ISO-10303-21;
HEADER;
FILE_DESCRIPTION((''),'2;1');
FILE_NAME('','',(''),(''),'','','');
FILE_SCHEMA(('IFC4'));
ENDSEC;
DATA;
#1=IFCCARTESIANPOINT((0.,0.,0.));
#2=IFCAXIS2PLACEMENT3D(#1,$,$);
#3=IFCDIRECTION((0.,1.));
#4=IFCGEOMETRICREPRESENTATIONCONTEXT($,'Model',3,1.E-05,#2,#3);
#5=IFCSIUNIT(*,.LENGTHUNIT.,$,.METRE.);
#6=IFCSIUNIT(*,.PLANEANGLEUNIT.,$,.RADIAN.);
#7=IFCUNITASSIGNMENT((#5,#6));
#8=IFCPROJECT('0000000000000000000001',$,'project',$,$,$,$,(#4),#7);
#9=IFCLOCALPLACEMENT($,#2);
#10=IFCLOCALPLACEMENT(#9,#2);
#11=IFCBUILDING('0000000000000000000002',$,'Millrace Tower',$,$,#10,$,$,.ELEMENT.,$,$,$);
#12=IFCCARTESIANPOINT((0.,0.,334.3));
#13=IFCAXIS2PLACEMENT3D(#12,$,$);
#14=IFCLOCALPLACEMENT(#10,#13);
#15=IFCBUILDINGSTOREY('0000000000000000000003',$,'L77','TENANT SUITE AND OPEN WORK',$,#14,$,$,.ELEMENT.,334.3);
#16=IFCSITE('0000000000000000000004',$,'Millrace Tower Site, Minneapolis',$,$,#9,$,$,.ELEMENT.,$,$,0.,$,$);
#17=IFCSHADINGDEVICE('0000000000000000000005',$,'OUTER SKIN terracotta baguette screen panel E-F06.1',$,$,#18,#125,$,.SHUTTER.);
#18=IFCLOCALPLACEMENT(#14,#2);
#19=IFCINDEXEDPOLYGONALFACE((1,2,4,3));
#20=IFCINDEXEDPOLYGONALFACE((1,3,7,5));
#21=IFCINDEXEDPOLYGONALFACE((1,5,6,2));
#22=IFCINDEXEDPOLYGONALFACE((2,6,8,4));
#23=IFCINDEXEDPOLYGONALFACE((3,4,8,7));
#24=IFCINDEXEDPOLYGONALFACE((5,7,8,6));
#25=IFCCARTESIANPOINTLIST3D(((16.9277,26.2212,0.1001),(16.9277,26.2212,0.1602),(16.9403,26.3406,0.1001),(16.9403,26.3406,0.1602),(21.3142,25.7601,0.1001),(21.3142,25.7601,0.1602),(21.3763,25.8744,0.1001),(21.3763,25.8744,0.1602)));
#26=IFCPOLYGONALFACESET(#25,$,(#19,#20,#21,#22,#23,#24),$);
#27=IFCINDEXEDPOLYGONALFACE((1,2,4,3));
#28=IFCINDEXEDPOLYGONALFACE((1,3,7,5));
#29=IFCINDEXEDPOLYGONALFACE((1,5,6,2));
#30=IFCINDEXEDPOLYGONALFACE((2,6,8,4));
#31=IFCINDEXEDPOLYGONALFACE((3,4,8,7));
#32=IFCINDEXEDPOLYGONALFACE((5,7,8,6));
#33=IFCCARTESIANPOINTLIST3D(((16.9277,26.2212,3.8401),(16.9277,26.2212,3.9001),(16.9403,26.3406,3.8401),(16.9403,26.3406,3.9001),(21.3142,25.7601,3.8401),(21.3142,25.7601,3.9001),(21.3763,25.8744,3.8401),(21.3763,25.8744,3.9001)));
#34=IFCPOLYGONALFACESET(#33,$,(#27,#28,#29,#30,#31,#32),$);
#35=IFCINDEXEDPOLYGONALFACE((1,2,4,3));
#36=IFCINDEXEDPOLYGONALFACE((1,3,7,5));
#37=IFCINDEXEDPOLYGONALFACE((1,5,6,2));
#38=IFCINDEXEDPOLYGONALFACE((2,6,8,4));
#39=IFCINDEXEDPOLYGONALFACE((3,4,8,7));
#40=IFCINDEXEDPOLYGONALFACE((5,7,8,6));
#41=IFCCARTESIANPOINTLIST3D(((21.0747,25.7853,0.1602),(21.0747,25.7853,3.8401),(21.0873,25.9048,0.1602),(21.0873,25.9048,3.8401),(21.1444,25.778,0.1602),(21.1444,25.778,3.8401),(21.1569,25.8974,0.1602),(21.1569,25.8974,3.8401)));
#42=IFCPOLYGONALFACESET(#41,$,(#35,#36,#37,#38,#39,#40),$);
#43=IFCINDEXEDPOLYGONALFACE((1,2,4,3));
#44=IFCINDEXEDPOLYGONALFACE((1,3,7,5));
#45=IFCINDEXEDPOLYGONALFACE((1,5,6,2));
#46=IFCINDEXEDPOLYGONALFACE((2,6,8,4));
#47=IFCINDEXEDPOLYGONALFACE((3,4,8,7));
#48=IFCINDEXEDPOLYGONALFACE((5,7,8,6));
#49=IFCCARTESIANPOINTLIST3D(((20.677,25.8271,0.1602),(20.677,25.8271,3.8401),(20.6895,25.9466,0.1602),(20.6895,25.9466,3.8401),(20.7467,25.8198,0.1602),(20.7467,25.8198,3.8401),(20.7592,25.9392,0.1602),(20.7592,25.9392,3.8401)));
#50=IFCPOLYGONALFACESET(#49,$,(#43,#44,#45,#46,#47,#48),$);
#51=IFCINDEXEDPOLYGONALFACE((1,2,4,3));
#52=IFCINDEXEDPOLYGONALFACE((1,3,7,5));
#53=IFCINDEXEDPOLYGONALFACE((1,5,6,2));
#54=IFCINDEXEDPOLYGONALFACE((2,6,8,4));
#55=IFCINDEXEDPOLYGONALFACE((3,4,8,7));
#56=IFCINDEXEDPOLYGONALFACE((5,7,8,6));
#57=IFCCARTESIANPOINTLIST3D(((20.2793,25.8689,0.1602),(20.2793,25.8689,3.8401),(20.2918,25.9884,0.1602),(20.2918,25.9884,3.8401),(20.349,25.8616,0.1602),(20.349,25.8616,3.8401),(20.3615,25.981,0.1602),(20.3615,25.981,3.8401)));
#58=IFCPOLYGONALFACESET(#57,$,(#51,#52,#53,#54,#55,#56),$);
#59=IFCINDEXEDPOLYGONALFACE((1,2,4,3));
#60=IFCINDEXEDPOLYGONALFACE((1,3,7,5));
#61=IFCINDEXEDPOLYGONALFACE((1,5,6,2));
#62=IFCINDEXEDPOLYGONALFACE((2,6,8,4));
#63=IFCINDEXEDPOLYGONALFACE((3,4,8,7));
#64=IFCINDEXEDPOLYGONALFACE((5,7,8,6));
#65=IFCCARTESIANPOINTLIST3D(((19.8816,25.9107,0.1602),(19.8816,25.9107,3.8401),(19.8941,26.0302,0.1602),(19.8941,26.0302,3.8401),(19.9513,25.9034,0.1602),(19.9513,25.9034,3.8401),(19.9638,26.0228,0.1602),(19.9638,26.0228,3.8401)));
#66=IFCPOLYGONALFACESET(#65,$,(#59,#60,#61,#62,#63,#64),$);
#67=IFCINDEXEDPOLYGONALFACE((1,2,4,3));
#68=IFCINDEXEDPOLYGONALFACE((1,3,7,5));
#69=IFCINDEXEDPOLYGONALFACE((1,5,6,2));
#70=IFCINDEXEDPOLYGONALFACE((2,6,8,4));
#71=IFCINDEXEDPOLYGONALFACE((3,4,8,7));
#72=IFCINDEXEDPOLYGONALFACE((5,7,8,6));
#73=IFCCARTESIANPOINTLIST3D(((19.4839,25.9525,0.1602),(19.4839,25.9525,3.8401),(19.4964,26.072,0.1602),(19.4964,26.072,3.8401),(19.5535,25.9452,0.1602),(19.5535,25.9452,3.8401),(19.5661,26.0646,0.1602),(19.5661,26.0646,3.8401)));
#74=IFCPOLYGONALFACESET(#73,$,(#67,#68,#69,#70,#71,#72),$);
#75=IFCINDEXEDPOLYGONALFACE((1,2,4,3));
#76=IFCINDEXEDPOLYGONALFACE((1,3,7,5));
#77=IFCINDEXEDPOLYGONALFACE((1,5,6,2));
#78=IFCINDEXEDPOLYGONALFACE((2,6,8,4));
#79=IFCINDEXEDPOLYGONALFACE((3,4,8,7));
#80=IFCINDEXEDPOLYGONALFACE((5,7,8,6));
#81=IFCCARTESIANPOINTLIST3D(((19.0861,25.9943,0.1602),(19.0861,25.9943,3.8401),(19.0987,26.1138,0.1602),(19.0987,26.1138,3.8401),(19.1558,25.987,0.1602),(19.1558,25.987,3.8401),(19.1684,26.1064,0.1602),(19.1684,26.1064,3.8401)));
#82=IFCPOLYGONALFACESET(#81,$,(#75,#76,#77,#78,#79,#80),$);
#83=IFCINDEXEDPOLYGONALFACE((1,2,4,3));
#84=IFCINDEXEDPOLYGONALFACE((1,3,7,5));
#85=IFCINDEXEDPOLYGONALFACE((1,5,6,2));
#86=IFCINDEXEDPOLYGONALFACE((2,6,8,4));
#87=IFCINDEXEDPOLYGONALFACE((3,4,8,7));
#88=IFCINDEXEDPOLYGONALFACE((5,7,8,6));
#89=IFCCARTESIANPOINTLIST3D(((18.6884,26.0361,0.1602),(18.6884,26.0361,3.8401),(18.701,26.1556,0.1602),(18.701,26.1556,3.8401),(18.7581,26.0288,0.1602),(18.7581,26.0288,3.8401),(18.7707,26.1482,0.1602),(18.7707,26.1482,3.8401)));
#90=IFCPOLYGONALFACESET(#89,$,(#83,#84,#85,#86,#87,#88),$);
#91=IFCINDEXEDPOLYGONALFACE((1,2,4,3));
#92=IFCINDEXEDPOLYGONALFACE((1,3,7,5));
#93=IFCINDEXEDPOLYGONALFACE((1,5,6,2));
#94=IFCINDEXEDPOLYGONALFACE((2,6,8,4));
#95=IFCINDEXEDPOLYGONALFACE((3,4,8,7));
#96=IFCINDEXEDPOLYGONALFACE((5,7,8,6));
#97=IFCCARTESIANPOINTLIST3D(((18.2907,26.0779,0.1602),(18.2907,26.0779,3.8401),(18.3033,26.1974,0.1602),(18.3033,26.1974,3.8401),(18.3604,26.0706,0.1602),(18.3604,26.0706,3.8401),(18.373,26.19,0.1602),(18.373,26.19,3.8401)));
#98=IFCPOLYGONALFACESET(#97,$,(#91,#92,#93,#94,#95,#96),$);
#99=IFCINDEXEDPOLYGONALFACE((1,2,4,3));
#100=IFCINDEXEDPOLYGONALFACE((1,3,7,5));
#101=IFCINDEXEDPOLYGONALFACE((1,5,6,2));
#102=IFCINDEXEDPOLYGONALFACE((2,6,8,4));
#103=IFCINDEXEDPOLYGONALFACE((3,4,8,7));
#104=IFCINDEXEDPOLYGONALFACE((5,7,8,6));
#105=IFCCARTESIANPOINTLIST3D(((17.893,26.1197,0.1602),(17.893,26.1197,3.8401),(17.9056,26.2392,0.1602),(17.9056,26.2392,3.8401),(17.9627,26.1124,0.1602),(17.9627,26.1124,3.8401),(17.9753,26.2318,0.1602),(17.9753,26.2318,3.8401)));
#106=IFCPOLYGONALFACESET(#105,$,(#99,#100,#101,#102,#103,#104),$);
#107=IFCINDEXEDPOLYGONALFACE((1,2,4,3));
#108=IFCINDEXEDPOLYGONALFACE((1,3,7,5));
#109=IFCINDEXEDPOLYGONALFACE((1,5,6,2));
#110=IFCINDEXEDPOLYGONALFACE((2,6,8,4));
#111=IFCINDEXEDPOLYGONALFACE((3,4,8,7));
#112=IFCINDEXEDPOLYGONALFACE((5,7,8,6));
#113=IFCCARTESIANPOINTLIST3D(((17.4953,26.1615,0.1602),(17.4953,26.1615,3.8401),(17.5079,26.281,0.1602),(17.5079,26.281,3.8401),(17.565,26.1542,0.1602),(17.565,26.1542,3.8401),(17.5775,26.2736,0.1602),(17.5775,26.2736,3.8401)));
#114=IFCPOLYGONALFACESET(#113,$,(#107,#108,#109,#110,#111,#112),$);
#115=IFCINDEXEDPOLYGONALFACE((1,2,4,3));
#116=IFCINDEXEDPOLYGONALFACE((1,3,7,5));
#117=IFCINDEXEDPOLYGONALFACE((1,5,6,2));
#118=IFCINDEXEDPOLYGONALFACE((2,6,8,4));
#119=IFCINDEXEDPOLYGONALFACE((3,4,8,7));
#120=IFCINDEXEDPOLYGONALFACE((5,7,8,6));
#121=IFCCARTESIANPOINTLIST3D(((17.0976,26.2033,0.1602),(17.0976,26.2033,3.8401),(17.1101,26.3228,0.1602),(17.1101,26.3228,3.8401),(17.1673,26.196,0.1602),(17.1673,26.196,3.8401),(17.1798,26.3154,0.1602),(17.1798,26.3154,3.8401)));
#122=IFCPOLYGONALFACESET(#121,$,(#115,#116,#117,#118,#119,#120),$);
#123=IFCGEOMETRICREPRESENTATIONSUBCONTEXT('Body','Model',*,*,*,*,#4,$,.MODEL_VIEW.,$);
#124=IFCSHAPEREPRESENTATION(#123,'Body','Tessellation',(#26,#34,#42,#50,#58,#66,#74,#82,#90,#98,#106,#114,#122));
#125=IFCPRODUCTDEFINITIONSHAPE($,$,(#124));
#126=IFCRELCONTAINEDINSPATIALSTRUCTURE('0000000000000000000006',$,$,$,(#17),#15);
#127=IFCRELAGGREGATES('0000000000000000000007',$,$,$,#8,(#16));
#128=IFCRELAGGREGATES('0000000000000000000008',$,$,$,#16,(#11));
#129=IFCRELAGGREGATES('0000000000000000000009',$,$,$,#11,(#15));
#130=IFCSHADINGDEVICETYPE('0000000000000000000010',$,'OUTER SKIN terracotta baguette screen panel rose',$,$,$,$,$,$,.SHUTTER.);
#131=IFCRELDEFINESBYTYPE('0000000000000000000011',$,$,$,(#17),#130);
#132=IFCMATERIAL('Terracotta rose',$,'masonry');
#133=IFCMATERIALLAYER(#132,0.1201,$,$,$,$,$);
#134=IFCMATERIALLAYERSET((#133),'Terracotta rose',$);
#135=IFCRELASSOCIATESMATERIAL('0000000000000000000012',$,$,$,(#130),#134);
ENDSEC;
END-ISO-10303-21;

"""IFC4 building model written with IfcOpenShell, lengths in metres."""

from ifc_helpers import new_model, entity, si_unit, direction, frame, frame_2d, origin, place, context, subcontext, project, spatial, rectangle, extrude, source, transform, mapped, material, layer, layer_set, type_object, element, save


model = new_model("IFC4")

# Units and contexts
model_context = context("Model", 3, precision=1e-05, world=origin(), true_north=direction((0.0, 1.0)))
body_context = subcontext(model_context, "Body", "Model", "MODEL_VIEW")
ifc_project = project(units=[si_unit("LENGTHUNIT", "METRE"), si_unit("PLANEANGLEUNIT", "RADIAN")], contexts=[model_context])

# Site, building, storey
site_placement = place(None, origin())
site = spatial("IfcSite", under=ifc_project, at=site_placement, Name="Millrace Tower Site, Minneapolis", CompositionType="ELEMENT", RefElevation=0.0)
building_placement = place(site_placement, origin())
building = spatial("IfcBuilding", under=site, at=building_placement, Name="Millrace Tower", CompositionType="ELEMENT")
storey_placement = place(building_placement, frame((0.0, 0.0, 334.3)))
storey = spatial("IfcBuildingStorey", under=building, at=storey_placement, Name="L77", Description="TENANT SUITE AND OPEN WORK", CompositionType="ELEMENT", Elevation=334.3)

# Shading device
ifc_material_1 = material(Name="Terracotta rose", Category="masonry")
ifc_layer_1 = layer(ifc_material_1, 0.1201)
ifc_layer_set_1 = layer_set([ifc_layer_1], Name="Terracotta rose")
shading_device_type = type_object("IfcShadingDeviceType", Name="OUTER SKIN terracotta baguette screen panel rose", PredefinedType="SHUTTER", material=ifc_layer_set_1)
cartesian_point_1 = entity("IfcCartesianPoint", [-2.1929, 0.0601])
shared_polyline_1 = entity("IfcPolyline", [cartesian_point_1, entity("IfcCartesianPoint", [2.2178, 0.0601]), entity("IfcCartesianPoint", [2.2178, -0.0601]), entity("IfcCartesianPoint", [-2.2427, -0.0601]), cartesian_point_1])
shared_shape_1 = source(origin(), body_context, "Body", "SweptSolid", [
    entity("IfcExtrudedAreaSolid", entity("IfcArbitraryClosedProfileDef", "AREA", None, shared_polyline_1), entity("IfcAxis2Placement3D", entity("IfcCartesianPoint", [0.0, 0.0, 0.0])), entity("IfcDirection", [0.0, 0.0, 1.0]), 0.0601),
    entity("IfcExtrudedAreaSolid", entity("IfcArbitraryClosedProfileDef", "AREA", None, shared_polyline_1), entity("IfcAxis2Placement3D", entity("IfcCartesianPoint", [0.0, 0.0, 3.74])), entity("IfcDirection", [0.0, 0.0, 1.0]), 0.0601),
    extrude(rectangle(XDim=0.0701, YDim=0.1201, at=frame_2d((-1.9871, 0.0))), frame((0.0, 0.0, 0.0601)), (0.0, 0.0, 1.0), 3.6799),
    extrude(rectangle(XDim=0.0701, YDim=0.1201, at=frame_2d((-1.5872, 0.0))), frame((0.0, 0.0, 0.0601)), (0.0, 0.0, 1.0), 3.6799),
    extrude(rectangle(XDim=0.0701, YDim=0.1201, at=frame_2d((-1.1873, 0.0))), frame((0.0, 0.0, 0.0601)), (0.0, 0.0, 1.0), 3.6799),
    extrude(rectangle(XDim=0.0701, YDim=0.1201, at=frame_2d((-0.7874, 0.0))), frame((0.0, 0.0, 0.0601)), (0.0, 0.0, 1.0), 3.6799),
    extrude(rectangle(XDim=0.0701, YDim=0.1201, at=frame_2d((-0.3875, 0.0))), frame((0.0, 0.0, 0.0601)), (0.0, 0.0, 1.0), 3.6799),
    extrude(rectangle(XDim=0.0701, YDim=0.1201, at=frame_2d((0.0125, 0.0))), frame((0.0, 0.0, 0.0601)), (0.0, 0.0, 1.0), 3.6799),
    extrude(rectangle(XDim=0.0701, YDim=0.1201, at=frame_2d((0.4124, 0.0))), frame((0.0, 0.0, 0.0601)), (0.0, 0.0, 1.0), 3.6799),
    extrude(rectangle(XDim=0.0701, YDim=0.1201, at=frame_2d((0.8123, 0.0))), frame((0.0, 0.0, 0.0601)), (0.0, 0.0, 1.0), 3.6799),
    extrude(rectangle(XDim=0.0701, YDim=0.1201, at=frame_2d((1.2122, 0.0))), frame((0.0, 0.0, 0.0601)), (0.0, 0.0, 1.0), 3.6799),
    extrude(rectangle(XDim=0.0701, YDim=0.1201, at=frame_2d((1.6121, 0.0))), frame((0.0, 0.0, 0.0601)), (0.0, 0.0, 1.0), 3.6799),
    extrude(rectangle(XDim=0.0701, YDim=0.1201, at=frame_2d((2.012, 0.0))), frame((0.0, 0.0, 0.0601)), (0.0, 0.0, 1.0), 3.6799),
])
shading_device_1_placement = place(storey_placement, frame((19.1396, 26.0491, 0.1001), z_axis=(0.0, 0.0, 1.0), x_axis=(-0.994522, 0.104528, 0.0)))
element("IfcShadingDevice", 1, at=shading_device_1_placement, inside=storey, type_object=shading_device_type, Name="OUTER SKIN terracotta baguette screen panel E-F06.1", PredefinedType="SHUTTER", context=body_context, shape_type="MappedRepresentation", body=[
    mapped(shared_shape_1, transform((0.0, 0.0, 0.0), scale=1.0)),
])

save(model, "model.ifc")
